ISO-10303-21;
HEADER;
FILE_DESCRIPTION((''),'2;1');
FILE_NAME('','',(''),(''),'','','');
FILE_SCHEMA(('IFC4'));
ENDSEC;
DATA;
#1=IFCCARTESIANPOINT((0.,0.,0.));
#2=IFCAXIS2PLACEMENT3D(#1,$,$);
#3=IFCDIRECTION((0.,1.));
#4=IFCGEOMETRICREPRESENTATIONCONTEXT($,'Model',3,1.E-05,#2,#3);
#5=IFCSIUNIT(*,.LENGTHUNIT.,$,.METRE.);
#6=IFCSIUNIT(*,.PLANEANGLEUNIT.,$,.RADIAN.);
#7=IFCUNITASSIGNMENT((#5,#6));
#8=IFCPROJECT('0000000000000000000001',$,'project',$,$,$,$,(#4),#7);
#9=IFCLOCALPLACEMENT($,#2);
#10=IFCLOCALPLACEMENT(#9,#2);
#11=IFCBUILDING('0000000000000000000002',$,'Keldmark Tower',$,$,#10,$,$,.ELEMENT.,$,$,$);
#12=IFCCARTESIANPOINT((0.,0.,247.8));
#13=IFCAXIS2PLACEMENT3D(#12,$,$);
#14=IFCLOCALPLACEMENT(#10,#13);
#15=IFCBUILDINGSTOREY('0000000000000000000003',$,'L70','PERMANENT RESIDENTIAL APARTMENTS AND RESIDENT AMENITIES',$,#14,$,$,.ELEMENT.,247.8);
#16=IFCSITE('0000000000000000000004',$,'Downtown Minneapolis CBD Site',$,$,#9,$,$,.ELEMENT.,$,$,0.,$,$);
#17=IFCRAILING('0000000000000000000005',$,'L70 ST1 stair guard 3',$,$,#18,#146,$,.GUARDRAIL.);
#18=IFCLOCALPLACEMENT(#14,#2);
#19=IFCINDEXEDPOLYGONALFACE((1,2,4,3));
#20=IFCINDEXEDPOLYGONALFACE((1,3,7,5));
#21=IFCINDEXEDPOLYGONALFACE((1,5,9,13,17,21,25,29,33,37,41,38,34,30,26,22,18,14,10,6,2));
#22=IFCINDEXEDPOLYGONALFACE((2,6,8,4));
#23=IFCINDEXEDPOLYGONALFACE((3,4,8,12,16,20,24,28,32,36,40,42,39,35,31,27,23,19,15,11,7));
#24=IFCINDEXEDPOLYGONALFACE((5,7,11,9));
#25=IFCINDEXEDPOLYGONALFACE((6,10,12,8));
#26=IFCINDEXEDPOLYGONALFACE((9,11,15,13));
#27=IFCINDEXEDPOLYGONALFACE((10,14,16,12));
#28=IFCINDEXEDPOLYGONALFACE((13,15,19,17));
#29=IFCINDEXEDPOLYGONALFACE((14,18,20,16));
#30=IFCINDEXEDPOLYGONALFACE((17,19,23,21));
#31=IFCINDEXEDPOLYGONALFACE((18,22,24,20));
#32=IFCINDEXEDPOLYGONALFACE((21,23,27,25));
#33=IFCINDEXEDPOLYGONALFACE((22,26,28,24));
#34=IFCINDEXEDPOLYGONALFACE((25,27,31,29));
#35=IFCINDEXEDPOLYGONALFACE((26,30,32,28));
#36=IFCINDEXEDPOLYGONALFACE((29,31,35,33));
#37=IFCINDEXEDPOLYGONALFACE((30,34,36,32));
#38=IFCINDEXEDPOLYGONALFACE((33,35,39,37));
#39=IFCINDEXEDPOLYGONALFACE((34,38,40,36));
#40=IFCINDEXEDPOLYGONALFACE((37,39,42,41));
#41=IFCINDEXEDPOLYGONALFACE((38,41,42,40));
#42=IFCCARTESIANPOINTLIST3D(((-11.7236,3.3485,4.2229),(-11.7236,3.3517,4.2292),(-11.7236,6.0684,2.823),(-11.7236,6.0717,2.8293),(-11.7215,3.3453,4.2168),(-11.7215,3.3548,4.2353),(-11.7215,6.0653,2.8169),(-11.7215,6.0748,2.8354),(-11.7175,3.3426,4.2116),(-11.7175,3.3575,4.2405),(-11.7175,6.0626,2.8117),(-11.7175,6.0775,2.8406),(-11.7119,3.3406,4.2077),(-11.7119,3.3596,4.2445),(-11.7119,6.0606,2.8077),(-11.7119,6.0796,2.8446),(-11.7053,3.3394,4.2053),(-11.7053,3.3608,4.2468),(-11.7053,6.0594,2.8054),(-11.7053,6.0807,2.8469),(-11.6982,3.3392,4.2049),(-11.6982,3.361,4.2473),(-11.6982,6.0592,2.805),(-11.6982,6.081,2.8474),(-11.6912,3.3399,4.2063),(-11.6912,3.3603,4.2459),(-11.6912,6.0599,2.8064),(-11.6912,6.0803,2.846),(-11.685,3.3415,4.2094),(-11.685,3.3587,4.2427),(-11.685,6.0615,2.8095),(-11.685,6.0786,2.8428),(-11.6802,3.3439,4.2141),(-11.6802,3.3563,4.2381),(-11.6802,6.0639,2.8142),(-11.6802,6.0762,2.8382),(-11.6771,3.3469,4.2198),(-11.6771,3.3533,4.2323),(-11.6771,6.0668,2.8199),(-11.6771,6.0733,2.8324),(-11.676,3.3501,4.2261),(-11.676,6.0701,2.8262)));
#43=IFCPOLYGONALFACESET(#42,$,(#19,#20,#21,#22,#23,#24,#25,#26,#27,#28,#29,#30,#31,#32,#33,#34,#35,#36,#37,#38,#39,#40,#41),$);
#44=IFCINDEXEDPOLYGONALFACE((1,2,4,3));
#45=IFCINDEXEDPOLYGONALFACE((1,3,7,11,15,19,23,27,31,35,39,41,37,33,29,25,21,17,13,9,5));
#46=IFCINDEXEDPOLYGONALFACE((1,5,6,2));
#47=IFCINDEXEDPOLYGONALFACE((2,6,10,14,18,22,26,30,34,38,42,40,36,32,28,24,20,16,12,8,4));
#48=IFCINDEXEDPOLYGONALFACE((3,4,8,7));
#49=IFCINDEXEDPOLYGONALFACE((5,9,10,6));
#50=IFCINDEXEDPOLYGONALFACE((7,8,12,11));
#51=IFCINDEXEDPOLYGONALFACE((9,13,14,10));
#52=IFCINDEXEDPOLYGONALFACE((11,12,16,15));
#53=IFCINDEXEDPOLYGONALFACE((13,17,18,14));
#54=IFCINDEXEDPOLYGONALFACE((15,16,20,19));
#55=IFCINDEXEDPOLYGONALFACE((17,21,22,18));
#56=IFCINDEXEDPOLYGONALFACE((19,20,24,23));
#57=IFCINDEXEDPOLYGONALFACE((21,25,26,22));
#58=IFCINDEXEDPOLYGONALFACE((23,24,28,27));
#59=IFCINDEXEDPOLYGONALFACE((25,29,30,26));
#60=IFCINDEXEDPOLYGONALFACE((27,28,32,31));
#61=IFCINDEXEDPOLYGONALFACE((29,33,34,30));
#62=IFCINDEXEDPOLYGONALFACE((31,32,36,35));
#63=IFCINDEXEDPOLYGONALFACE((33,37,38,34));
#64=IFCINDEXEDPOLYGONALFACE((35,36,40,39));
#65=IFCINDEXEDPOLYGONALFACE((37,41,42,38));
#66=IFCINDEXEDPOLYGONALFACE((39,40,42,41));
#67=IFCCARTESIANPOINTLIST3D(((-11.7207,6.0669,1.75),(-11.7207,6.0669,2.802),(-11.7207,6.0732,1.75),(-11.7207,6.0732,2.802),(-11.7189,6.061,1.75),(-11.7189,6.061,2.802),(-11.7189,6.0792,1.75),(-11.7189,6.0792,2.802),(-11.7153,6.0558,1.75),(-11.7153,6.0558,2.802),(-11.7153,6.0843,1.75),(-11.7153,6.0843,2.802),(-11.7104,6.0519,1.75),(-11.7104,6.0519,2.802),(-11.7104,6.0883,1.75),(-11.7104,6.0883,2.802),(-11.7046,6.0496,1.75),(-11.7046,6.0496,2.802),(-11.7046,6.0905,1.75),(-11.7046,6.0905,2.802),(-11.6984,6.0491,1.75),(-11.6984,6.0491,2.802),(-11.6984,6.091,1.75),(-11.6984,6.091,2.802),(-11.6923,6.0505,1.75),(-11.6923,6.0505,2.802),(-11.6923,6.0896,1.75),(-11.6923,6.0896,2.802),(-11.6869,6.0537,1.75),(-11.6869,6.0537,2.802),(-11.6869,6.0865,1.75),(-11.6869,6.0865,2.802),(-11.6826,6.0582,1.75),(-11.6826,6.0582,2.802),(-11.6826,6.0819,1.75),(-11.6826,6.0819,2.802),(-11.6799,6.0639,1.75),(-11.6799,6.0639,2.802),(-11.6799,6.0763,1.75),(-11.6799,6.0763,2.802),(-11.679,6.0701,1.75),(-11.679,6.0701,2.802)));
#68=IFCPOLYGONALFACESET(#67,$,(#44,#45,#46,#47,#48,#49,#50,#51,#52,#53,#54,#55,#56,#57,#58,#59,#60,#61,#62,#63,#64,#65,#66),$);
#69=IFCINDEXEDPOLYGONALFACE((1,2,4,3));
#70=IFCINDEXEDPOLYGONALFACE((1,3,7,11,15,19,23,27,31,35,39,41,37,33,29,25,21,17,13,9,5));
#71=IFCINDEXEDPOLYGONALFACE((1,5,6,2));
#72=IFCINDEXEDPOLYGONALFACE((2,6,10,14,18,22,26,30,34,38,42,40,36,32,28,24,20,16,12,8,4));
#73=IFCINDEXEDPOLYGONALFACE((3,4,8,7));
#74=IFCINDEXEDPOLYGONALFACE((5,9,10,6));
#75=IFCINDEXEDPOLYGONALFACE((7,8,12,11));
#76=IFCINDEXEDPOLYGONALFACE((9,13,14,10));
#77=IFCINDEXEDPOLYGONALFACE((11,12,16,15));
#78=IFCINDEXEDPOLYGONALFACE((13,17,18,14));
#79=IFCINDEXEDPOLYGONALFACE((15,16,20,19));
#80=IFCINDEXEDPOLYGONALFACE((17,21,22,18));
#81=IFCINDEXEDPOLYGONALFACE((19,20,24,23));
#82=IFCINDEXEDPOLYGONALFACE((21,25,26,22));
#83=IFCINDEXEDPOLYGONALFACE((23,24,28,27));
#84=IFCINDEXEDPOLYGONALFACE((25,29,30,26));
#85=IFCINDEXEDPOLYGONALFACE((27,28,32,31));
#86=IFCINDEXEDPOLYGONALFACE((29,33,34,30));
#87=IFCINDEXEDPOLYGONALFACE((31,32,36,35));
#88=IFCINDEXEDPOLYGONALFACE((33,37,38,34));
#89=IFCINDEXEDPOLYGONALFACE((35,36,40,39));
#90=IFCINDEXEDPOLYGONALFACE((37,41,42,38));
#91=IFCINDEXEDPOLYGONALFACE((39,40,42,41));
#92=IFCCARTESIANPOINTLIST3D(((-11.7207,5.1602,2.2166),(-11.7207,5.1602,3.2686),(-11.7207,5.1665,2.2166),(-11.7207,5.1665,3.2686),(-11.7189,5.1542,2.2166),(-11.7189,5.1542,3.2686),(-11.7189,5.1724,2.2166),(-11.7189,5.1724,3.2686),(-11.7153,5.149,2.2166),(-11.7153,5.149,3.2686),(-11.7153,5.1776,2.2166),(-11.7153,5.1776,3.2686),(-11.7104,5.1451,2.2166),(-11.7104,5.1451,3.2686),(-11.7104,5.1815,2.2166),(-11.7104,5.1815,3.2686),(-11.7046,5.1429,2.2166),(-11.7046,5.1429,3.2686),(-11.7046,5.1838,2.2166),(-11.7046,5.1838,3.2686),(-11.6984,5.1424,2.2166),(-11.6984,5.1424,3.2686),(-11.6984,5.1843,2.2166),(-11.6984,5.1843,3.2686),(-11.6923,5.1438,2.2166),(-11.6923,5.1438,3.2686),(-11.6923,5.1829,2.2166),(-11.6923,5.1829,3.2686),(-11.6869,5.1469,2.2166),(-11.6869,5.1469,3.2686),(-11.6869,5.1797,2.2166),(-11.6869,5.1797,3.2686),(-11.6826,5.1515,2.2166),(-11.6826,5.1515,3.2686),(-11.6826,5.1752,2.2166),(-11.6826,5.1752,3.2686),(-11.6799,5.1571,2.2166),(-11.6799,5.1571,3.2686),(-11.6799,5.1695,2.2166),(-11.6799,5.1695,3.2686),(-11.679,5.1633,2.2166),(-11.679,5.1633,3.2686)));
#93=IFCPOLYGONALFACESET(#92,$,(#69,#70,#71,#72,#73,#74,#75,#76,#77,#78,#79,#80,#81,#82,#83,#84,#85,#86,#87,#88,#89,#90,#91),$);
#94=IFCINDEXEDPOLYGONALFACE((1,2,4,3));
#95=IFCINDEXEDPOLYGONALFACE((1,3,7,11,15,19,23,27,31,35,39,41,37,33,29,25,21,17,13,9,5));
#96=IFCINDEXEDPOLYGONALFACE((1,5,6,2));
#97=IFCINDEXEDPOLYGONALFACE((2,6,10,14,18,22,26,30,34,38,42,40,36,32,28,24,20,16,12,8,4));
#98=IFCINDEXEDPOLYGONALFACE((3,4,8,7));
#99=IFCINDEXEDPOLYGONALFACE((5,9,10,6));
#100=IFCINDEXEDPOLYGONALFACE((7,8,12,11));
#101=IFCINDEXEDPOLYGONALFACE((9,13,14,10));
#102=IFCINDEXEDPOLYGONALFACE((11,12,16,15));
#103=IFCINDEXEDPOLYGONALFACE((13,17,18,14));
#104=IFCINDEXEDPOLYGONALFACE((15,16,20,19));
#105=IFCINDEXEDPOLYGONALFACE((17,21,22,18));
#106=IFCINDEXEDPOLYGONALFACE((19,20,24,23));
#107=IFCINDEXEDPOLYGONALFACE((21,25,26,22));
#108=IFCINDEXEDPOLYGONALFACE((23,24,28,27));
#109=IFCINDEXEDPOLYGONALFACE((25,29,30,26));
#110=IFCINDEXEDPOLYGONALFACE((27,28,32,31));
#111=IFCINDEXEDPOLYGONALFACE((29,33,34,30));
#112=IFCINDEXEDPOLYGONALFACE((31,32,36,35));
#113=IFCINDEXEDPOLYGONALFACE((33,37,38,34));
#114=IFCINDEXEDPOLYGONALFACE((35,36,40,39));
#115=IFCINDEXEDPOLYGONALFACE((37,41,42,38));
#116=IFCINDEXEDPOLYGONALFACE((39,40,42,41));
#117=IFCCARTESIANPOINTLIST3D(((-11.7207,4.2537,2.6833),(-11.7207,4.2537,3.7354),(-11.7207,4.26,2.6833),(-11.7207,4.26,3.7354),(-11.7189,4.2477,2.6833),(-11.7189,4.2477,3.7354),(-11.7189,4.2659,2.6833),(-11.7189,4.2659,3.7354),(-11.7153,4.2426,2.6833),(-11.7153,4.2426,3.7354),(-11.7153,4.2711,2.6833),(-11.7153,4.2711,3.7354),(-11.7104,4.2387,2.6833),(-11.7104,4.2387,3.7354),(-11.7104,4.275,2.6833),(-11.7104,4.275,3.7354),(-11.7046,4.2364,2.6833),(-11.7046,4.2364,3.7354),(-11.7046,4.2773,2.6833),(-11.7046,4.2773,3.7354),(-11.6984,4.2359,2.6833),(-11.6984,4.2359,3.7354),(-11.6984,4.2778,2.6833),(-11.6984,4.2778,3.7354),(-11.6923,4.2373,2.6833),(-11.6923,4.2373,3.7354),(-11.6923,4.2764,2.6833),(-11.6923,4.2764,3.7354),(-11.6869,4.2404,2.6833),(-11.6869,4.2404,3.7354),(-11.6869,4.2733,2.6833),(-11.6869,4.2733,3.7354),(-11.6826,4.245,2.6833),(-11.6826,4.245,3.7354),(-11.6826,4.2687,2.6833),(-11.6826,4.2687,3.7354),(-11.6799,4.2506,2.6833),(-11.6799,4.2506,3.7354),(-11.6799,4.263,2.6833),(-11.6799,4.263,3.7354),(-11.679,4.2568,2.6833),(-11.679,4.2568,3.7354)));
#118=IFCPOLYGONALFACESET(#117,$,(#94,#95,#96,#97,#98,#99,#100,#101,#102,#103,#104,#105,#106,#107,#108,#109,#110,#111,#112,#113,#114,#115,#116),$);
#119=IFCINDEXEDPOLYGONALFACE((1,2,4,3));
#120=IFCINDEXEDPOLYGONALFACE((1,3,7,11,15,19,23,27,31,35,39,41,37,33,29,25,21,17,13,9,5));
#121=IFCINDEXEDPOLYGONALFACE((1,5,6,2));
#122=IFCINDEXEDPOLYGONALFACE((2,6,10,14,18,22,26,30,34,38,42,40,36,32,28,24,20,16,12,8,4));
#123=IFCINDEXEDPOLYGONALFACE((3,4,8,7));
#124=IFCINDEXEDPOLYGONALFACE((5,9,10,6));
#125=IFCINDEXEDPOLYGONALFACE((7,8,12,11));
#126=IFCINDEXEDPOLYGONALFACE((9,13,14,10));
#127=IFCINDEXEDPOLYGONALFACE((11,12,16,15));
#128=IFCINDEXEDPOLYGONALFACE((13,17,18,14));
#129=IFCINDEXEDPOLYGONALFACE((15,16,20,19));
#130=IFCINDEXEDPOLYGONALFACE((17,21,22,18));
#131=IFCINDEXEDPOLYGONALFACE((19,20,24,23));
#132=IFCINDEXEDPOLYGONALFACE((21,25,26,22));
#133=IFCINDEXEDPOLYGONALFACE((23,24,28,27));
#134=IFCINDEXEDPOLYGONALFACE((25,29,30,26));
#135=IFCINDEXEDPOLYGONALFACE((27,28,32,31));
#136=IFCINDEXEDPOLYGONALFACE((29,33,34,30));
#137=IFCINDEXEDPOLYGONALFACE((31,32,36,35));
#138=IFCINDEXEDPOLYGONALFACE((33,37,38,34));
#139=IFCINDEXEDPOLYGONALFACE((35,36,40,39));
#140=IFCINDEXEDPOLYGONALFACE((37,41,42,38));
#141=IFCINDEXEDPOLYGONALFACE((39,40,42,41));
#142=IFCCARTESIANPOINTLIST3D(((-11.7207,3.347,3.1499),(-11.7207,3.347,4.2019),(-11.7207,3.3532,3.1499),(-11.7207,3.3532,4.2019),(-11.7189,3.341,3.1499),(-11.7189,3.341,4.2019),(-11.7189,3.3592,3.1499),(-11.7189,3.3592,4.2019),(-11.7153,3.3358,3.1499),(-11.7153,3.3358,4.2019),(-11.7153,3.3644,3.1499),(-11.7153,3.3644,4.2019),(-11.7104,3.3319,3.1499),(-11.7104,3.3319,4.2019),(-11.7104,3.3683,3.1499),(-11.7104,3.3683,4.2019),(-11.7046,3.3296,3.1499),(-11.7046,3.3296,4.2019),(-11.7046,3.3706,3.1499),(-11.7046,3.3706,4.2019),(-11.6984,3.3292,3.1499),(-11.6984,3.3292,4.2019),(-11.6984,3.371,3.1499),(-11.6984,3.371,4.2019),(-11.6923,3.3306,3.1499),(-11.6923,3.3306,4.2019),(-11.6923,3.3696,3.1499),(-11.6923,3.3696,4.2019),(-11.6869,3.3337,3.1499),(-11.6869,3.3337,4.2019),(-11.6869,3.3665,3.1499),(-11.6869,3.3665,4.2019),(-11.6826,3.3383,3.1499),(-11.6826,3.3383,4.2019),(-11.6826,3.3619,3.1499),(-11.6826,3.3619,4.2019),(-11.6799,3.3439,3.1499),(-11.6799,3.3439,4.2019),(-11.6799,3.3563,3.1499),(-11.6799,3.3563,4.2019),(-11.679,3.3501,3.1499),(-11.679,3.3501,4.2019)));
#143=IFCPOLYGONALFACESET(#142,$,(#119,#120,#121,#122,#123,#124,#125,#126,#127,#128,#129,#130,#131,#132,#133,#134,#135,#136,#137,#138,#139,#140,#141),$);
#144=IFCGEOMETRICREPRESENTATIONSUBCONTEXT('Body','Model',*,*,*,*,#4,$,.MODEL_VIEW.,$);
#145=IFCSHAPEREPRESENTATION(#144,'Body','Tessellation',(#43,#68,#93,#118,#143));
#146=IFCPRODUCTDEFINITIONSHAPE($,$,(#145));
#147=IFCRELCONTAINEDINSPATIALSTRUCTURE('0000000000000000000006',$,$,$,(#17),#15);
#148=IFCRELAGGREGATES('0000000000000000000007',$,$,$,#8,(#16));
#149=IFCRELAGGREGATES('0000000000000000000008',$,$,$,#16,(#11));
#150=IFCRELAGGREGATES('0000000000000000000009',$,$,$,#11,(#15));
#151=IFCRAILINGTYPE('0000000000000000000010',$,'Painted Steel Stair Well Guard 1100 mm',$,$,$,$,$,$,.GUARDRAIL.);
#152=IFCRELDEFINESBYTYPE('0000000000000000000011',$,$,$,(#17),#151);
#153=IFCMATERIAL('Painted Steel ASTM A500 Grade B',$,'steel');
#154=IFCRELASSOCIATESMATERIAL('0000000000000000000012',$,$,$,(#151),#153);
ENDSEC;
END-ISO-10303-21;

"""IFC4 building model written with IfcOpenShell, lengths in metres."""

from ifc_helpers import new_model, si_unit, direction, frame, origin, origin_2d, place, context, subcontext, project, spatial, circle, extrude, material, type_object, element, save


model = new_model("IFC4")

# Units and contexts
model_context = context("Model", 3, precision=1e-05, world=origin(), true_north=direction((0.0, 1.0)))
body_context = subcontext(model_context, "Body", "Model", "MODEL_VIEW")
ifc_project = project(units=[si_unit("LENGTHUNIT", "METRE"), si_unit("PLANEANGLEUNIT", "RADIAN")], contexts=[model_context])

# Site, building, storey
site_placement = place(None, origin())
site = spatial("IfcSite", under=ifc_project, at=site_placement, Name="Downtown Minneapolis CBD Site", CompositionType="ELEMENT", RefElevation=0.0)
building_placement = place(site_placement, origin())
building = spatial("IfcBuilding", under=site, at=building_placement, Name="Keldmark Tower", CompositionType="ELEMENT")
storey_placement = place(building_placement, frame((0.0, 0.0, 247.8)))
storey = spatial("IfcBuildingStorey", under=building, at=storey_placement, Name="L70", Description="PERMANENT RESIDENTIAL APARTMENTS AND RESIDENT AMENITIES", CompositionType="ELEMENT", Elevation=247.8)

# Railing
ifc_material_1 = material(Name="Painted Steel ASTM A500 Grade B", Category="steel")
railing_type_1 = type_object("IfcRailingType", Name="Painted Steel Stair Well Guard 1100 mm", PredefinedType="GUARDRAIL", material=ifc_material_1)
railing_1_placement = place(storey_placement, frame((-11.7, 6.0701, 1.75)))
element("IfcRailing", 1, at=railing_1_placement, inside=storey, type_object=railing_type_1, Name="L70 ST1 stair guard 3", PredefinedType="GUARDRAIL", context=body_context, shape_type="SweptSolid", body=[
    extrude(circle(Radius=0.0239, at=origin_2d()), frame((0.0, 0.0, 1.0762), z_axis=(0.0, -0.889147, 0.457622), x_axis=(1.0, 0.0, 0.0)), (0.0, 0.0, 1.0), 3.0591),
    extrude(circle(Radius=0.021, at=origin_2d()), origin(), (0.0, 0.0, 1.0), 1.052),
    extrude(circle(Radius=0.021, at=origin_2d()), frame((0.0, -0.9067, 0.4666)), (0.0, 0.0, 1.0), 1.052),
    extrude(circle(Radius=0.021, at=origin_2d()), frame((0.0, -1.8132, 0.9333)), (0.0, 0.0, 1.0), 1.052),
    extrude(circle(Radius=0.021, at=origin_2d()), frame((0.0, -2.72, 1.3999)), (0.0, 0.0, 1.0), 1.052),
])

save(model, "model.ifc")
